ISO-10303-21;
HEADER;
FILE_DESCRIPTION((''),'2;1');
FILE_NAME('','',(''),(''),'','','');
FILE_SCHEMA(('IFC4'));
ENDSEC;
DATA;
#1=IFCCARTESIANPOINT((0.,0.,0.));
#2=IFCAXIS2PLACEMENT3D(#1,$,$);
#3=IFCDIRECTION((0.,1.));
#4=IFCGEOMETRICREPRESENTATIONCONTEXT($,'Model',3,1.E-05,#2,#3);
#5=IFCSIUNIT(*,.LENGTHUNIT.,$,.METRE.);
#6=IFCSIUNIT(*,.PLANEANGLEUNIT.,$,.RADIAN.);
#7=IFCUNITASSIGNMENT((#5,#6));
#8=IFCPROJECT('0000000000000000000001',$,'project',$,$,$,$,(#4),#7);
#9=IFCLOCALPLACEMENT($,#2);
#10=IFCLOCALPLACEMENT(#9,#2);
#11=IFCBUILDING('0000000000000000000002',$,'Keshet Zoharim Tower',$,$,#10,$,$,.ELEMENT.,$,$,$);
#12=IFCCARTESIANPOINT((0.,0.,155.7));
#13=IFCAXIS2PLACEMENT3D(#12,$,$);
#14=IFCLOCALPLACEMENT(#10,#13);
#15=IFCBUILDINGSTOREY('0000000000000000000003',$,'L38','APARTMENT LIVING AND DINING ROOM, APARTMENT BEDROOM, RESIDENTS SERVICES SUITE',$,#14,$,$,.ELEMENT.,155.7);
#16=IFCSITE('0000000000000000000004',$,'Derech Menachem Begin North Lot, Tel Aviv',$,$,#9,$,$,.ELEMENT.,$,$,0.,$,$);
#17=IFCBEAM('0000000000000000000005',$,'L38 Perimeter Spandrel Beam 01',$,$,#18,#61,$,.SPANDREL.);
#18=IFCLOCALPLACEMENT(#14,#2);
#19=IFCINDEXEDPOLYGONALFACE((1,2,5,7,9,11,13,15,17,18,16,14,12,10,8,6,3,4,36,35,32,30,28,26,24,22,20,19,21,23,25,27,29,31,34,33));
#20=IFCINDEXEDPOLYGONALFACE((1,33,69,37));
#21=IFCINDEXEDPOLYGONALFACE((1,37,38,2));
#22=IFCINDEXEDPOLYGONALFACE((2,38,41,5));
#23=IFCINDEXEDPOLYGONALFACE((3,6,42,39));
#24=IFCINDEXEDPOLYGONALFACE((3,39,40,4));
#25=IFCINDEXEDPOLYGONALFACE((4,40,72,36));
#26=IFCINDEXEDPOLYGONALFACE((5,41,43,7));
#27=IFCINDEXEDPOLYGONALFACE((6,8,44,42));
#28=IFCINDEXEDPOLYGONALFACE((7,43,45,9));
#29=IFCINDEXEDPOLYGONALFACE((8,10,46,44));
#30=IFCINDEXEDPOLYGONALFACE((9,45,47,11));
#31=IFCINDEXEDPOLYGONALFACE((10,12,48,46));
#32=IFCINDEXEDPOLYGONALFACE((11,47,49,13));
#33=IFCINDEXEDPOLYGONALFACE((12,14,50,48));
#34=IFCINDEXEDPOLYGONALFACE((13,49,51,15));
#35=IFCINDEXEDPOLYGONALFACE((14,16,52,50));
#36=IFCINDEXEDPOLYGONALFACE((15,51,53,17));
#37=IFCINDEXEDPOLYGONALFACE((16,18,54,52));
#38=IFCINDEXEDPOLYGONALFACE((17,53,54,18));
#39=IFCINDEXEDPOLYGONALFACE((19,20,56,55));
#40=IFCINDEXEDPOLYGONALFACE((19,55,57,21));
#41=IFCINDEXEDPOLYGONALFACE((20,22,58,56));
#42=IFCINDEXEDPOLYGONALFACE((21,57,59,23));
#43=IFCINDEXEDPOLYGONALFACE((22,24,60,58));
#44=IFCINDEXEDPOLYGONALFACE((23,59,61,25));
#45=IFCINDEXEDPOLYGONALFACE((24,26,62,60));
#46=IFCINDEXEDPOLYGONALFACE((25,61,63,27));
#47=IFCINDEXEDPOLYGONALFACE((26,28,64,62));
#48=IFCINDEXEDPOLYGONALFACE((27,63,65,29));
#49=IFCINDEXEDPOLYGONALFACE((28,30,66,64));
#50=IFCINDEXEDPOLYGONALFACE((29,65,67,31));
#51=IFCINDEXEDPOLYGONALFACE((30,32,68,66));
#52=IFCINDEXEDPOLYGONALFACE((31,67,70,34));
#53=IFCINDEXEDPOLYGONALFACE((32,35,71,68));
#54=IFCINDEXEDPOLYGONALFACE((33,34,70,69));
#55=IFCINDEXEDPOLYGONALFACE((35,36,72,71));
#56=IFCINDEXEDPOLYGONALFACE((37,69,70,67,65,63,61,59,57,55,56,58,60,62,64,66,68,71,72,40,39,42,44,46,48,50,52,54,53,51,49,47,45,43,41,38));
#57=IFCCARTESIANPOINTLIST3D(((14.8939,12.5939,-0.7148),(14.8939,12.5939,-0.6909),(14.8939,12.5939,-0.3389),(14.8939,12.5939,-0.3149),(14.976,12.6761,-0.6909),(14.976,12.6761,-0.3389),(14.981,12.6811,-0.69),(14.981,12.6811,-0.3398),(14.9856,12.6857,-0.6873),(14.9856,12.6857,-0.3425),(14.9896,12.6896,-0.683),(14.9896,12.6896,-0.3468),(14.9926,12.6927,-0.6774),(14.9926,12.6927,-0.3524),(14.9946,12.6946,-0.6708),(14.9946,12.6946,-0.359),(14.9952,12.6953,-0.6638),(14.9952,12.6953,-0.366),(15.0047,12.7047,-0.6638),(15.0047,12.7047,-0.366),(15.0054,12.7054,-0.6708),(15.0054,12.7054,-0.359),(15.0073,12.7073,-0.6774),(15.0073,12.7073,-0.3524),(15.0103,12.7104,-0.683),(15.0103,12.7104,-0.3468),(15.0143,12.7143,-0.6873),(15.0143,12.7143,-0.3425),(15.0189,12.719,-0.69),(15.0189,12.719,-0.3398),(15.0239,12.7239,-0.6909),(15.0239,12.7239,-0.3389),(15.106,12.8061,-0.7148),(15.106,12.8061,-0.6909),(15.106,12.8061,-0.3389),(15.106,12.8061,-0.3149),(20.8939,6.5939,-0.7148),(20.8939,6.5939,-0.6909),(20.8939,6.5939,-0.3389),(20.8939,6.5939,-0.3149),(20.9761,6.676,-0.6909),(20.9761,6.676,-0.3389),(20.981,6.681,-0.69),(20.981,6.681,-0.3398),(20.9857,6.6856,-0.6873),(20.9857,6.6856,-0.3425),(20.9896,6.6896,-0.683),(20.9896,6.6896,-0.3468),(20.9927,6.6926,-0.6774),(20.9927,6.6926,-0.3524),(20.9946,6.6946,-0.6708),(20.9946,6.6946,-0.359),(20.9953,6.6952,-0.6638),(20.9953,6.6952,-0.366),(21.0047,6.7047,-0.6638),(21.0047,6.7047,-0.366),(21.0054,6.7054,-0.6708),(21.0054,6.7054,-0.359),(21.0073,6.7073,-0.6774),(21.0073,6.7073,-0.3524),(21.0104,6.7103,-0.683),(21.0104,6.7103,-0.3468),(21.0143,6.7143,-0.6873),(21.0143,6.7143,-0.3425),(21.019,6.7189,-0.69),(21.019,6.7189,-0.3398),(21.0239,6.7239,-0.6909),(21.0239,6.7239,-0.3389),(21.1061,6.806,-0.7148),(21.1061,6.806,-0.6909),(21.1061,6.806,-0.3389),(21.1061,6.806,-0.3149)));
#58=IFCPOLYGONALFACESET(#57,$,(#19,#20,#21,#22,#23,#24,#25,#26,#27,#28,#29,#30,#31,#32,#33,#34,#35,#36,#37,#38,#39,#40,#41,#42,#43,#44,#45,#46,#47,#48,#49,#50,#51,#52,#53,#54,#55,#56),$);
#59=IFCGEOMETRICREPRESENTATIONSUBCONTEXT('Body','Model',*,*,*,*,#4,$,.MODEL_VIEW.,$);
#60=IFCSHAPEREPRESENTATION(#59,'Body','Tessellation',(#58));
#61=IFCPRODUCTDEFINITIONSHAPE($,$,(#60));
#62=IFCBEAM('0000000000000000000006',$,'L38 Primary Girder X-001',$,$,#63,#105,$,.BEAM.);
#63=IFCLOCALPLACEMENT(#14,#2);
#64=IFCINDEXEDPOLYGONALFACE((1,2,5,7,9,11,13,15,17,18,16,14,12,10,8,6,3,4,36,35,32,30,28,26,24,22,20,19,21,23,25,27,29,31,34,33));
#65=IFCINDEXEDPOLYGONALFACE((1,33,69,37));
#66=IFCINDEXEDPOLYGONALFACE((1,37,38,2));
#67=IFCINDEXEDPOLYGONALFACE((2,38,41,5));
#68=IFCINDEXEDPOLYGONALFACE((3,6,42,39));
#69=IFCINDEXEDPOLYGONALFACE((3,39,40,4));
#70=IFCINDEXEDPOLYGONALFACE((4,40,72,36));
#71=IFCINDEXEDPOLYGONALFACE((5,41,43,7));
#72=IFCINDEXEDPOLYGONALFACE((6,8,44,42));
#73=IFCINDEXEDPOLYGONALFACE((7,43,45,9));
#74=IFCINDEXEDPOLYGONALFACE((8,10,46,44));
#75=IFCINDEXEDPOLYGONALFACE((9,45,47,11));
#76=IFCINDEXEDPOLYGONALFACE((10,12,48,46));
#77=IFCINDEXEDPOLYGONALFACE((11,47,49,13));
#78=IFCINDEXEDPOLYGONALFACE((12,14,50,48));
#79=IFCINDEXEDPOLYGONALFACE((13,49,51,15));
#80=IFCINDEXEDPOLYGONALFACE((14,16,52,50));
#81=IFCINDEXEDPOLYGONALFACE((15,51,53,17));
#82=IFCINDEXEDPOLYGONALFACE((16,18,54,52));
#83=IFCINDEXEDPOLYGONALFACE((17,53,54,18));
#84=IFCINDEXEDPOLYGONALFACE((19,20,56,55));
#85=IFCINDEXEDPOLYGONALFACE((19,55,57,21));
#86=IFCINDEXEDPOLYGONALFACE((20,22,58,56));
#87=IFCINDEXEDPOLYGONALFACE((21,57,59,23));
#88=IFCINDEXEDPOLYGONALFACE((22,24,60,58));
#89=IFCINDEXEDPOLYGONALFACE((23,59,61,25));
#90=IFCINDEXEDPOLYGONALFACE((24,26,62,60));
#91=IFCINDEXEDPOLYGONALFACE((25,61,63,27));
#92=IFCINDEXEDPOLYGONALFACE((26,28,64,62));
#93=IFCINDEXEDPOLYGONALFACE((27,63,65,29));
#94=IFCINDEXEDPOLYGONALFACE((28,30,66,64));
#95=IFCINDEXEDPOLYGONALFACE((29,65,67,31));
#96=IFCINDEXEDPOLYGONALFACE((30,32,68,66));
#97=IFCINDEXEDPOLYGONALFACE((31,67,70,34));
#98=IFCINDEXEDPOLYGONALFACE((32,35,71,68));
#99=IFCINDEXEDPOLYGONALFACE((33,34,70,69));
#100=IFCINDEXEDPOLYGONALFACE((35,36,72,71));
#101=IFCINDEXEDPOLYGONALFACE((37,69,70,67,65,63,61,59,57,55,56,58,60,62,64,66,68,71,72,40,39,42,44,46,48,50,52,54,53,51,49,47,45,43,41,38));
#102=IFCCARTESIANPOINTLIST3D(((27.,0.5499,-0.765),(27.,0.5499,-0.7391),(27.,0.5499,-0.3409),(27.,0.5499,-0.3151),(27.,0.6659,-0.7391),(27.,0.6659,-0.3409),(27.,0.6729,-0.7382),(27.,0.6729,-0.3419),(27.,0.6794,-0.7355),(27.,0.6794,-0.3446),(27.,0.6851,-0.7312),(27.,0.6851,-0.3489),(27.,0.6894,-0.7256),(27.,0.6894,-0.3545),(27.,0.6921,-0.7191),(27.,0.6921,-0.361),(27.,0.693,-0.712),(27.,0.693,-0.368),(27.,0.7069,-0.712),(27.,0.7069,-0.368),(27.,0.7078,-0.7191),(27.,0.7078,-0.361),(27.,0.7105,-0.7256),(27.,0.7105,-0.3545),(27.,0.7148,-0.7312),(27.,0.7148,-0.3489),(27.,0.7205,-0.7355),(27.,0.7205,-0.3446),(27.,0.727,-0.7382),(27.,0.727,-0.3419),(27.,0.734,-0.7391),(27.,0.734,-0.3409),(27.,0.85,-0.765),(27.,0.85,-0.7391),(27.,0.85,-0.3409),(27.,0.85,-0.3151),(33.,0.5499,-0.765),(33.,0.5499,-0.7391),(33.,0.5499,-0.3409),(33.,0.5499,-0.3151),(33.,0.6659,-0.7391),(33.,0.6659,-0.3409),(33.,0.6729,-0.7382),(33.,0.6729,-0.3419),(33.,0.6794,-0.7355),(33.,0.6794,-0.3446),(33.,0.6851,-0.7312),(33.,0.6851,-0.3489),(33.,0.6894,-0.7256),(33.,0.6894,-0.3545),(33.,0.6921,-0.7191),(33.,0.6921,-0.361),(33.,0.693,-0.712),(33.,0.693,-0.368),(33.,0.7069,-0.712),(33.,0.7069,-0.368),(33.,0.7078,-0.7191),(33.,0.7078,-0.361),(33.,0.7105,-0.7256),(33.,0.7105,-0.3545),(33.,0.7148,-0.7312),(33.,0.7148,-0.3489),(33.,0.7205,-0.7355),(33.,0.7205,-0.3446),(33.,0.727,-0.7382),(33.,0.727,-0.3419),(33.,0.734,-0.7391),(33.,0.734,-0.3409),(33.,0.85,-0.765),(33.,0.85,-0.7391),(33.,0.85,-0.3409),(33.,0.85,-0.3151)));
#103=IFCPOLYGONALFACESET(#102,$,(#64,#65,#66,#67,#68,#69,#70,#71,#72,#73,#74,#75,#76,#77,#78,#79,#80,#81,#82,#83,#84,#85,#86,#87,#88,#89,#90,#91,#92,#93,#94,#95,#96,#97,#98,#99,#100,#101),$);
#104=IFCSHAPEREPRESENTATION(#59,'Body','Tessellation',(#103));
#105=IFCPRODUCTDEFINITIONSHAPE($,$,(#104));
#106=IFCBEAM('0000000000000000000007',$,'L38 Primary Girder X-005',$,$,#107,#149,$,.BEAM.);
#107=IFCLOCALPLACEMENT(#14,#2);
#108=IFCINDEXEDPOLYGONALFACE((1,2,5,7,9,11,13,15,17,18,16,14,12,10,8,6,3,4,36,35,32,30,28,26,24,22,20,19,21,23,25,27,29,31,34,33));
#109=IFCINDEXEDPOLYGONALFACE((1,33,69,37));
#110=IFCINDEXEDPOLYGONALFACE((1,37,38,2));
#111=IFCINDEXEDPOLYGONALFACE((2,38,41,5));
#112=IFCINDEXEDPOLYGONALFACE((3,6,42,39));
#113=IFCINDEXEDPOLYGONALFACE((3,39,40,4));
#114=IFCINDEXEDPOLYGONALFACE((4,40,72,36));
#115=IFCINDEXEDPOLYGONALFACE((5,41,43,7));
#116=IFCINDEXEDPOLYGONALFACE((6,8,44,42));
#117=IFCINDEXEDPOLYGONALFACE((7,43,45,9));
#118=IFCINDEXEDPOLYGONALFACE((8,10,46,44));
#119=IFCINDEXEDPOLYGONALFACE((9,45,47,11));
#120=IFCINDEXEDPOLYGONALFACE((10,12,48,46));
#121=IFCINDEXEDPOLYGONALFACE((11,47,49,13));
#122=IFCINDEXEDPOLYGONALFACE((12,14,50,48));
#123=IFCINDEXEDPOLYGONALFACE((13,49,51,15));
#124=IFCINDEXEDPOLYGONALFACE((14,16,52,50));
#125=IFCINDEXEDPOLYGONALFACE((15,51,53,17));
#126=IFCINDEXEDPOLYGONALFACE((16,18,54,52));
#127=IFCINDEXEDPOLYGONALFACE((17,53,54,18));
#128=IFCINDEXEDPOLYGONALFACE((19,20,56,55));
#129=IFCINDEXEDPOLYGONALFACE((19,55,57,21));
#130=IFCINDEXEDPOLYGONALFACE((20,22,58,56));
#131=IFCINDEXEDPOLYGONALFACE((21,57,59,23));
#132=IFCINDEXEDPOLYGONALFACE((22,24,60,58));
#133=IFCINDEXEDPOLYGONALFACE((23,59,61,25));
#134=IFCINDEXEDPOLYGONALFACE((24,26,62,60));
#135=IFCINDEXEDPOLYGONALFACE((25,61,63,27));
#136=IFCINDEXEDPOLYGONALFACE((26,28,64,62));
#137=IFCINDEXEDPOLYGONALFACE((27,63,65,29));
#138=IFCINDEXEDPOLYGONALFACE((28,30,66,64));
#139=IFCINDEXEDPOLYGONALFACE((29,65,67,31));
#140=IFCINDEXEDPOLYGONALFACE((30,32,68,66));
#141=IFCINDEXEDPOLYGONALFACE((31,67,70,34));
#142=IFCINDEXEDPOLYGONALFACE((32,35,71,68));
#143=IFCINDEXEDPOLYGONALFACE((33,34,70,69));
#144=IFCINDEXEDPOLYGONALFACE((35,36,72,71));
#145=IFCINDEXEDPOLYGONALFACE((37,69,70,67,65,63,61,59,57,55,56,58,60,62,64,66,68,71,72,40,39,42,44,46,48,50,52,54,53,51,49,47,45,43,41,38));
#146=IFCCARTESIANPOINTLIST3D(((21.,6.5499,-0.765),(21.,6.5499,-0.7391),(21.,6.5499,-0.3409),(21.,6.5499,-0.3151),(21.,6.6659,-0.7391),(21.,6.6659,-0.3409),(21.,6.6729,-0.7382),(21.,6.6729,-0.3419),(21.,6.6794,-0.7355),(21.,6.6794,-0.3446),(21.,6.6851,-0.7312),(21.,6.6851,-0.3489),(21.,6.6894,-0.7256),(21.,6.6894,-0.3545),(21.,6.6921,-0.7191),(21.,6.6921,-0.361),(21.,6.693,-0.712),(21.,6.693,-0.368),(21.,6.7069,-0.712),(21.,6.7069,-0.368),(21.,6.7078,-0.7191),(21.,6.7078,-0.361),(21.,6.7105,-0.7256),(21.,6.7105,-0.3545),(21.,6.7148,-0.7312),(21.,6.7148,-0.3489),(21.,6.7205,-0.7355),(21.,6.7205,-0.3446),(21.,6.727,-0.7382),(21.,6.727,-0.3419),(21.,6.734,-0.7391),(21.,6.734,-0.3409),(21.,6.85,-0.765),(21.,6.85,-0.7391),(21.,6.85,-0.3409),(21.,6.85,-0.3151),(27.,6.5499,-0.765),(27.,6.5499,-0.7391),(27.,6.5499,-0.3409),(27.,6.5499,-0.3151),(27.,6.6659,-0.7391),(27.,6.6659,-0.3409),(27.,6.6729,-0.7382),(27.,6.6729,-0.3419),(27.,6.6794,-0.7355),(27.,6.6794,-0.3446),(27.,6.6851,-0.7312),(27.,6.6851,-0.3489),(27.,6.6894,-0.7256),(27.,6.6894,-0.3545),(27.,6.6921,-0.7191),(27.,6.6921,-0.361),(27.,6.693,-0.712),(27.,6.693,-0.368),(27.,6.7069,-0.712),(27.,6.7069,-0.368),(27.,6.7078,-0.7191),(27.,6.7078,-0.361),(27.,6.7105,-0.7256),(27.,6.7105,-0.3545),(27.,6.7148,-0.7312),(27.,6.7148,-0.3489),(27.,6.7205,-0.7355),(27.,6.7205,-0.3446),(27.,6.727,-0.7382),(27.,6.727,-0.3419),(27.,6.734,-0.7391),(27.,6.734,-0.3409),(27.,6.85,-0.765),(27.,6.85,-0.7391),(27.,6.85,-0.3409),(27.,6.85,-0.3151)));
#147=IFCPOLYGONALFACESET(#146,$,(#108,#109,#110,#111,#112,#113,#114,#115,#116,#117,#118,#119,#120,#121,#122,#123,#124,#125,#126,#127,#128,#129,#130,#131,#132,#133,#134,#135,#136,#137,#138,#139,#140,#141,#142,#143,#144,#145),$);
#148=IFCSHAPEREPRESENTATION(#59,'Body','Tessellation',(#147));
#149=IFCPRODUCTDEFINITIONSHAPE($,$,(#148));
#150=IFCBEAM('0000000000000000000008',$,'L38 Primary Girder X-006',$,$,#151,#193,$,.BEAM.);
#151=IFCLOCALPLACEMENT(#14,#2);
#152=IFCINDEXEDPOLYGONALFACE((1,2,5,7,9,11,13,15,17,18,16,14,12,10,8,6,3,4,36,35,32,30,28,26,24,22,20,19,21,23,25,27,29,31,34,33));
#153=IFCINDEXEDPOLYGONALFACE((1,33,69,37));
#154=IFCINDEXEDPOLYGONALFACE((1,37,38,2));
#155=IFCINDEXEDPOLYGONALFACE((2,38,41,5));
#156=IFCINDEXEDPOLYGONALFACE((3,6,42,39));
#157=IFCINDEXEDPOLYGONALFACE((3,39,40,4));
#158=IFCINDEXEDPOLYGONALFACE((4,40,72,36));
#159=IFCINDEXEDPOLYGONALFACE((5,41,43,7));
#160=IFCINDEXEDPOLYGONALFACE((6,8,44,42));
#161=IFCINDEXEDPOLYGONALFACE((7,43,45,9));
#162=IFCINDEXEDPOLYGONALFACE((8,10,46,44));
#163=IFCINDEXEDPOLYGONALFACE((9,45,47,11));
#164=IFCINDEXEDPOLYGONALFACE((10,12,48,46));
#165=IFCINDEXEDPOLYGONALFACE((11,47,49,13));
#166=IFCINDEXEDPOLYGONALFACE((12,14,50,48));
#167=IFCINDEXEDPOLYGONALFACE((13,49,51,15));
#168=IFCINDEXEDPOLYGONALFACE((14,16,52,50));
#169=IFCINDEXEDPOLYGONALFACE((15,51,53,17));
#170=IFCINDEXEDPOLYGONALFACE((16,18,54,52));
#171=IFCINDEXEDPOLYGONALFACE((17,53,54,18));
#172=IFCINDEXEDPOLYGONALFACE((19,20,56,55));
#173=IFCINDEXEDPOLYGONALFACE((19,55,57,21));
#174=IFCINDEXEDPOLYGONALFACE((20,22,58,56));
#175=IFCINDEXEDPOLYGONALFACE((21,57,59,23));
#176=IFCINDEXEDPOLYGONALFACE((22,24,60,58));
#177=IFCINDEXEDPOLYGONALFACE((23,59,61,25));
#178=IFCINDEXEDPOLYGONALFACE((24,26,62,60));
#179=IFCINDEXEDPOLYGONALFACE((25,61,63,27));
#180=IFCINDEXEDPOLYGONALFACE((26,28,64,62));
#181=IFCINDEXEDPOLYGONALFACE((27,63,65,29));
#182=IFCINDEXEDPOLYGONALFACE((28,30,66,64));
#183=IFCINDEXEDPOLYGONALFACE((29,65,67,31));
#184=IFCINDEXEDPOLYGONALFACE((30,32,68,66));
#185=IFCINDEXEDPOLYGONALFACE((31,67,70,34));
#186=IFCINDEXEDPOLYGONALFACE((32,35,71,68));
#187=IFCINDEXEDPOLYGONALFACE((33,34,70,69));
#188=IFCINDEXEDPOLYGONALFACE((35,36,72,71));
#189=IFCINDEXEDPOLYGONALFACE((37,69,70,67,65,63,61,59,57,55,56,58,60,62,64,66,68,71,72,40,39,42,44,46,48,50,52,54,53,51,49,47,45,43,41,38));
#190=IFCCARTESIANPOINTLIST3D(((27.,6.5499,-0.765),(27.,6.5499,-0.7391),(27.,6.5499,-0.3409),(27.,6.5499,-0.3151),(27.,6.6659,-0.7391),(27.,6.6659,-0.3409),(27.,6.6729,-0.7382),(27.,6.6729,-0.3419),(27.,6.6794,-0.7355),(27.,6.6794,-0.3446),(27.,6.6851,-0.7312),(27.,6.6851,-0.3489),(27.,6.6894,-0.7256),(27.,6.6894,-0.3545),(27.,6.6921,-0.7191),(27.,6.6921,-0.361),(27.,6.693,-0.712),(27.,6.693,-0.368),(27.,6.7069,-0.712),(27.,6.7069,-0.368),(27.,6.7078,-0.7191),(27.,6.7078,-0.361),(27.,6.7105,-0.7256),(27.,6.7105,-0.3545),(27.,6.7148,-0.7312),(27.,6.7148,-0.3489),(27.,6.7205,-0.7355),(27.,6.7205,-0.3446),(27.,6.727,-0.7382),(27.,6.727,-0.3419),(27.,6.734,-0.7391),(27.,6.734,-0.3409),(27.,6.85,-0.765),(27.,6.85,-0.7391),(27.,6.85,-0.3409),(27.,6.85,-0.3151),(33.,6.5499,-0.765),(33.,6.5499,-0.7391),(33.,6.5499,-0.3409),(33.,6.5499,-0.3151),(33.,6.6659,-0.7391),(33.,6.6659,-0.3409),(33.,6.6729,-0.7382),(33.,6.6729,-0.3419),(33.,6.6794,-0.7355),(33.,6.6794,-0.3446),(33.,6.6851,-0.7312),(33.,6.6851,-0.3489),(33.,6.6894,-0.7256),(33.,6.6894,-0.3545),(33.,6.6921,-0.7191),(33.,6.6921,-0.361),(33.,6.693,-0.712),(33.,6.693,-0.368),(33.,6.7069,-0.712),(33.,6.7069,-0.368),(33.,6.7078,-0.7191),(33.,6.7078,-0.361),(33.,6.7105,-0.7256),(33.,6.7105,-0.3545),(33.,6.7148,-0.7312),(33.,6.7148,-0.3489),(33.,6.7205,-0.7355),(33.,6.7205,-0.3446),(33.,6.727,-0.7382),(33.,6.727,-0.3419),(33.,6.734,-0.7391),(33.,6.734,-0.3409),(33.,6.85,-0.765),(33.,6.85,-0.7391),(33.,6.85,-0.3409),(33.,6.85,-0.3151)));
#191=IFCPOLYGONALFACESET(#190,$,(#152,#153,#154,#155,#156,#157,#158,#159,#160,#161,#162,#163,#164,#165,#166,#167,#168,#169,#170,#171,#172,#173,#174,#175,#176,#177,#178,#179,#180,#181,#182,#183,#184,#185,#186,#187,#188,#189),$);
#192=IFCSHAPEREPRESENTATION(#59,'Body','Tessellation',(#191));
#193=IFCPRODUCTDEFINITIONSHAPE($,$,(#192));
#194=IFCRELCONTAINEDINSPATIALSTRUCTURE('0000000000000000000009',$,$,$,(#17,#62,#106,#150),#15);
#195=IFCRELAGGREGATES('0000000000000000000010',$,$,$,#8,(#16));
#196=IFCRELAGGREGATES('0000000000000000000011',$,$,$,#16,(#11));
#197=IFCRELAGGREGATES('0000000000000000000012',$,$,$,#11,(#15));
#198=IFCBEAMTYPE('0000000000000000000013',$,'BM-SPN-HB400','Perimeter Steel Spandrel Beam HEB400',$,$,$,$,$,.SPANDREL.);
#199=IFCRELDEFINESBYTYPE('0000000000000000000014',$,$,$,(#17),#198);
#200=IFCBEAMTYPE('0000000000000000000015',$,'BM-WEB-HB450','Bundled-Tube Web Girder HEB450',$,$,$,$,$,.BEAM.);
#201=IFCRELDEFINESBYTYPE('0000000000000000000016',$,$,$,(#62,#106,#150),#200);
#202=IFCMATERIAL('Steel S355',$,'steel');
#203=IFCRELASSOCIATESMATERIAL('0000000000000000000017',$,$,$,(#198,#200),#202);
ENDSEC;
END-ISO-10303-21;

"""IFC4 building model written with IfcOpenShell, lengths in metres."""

from ifc_helpers import new_model, si_unit, direction, frame, origin, origin_2d, place, context, subcontext, project, spatial, i_section, extrude, material, material_profile, profile_set, type_object, element, save


model = new_model("IFC4")

# Units and contexts
model_context = context("Model", 3, precision=1e-05, world=origin(), true_north=direction((0.0, 1.0)))
body_context = subcontext(model_context, "Body", "Model", "MODEL_VIEW")
ifc_project = project(units=[si_unit("LENGTHUNIT", "METRE"), si_unit("PLANEANGLEUNIT", "RADIAN")], contexts=[model_context])

# Site, building, storey
site_placement = place(None, origin())
site = spatial("IfcSite", under=ifc_project, at=site_placement, Name="Derech Menachem Begin North Lot, Tel Aviv", CompositionType="ELEMENT", RefElevation=0.0)
building_placement = place(site_placement, origin())
building = spatial("IfcBuilding", under=site, at=building_placement, Name="Keshet Zoharim Tower", CompositionType="ELEMENT")
storey_placement = place(building_placement, frame((0.0, 0.0, 155.7)))
storey = spatial("IfcBuildingStorey", under=building, at=storey_placement, Name="L38", Description="APARTMENT LIVING AND DINING ROOM, APARTMENT BEDROOM, RESIDENTS SERVICES SUITE", CompositionType="ELEMENT", Elevation=155.7)

# Shared definitions
ifc_material_1 = material(Name="Steel S355", Category="steel")

# Beams
ifc_material_profile_1 = material_profile(ifc_material_1, i_section(OverallWidth=0.3, OverallDepth=0.3999, WebThickness=0.0134, FlangeThickness=0.0239, FilletRadius=0.0271, at=origin_2d()), Name="HEB400")
ifc_profile_set_1 = profile_set([ifc_material_profile_1], Name="Steel S355")
beam_type_1 = type_object("IfcBeamType", Name="BM-SPN-HB400", Description="Perimeter Steel Spandrel Beam HEB400", PredefinedType="SPANDREL", material=ifc_profile_set_1)
beam_1_placement = place(storey_placement, frame((21.0, 6.7, -0.5149), z_axis=(-0.707107, 0.707107, 0.0), x_axis=(-0.707107, -0.707107, 0.0)))
element("IfcBeam", 1, at=beam_1_placement, inside=storey, type_object=beam_type_1, Name="L38 Perimeter Spandrel Beam 01", PredefinedType="SPANDREL", context=body_context, shape_type="SweptSolid", body=[
    extrude(i_section(OverallWidth=0.3, OverallDepth=0.3999, WebThickness=0.0134, FlangeThickness=0.0239, FilletRadius=0.0271, at=origin_2d()), origin(), (0.0, 0.0, 1.0), 8.4854),
])
ifc_material_profile_2 = material_profile(ifc_material_1, i_section(OverallWidth=0.3, OverallDepth=0.45, WebThickness=0.0139, FlangeThickness=0.0259, FilletRadius=0.0271, at=origin_2d()), Name="HEB450")
ifc_profile_set_2 = profile_set([ifc_material_profile_2], Name="Steel S355")
beam_type_2 = type_object("IfcBeamType", Name="BM-WEB-HB450", Description="Bundled-Tube Web Girder HEB450", PredefinedType="BEAM", material=ifc_profile_set_2)
for number, where, z_axis, x_axis, name in (
    (2, (27.0, 0.7, -0.54), (1.0, 0.0, 0.0), (0.0, 1.0, 0.0), "L38 Primary Girder X-001"),
    (3, (21.0, 6.7, -0.54), (1.0, 0.0, 0.0), (0.0, 1.0, 0.0), "L38 Primary Girder X-005"),
    (4, (27.0, 6.7, -0.54), (1.0, 0.0, 0.0), (0.0, 1.0, 0.0), "L38 Primary Girder X-006"),
):
    element("IfcBeam", number, at=place(storey_placement, frame(where, z_axis=z_axis, x_axis=x_axis)), inside=storey, type_object=beam_type_2, Name=name, PredefinedType="BEAM", context=body_context, shape_type="SweptSolid", body=[
        extrude(i_section(OverallWidth=0.3, OverallDepth=0.45, WebThickness=0.0139, FlangeThickness=0.0259, FilletRadius=0.0271, at=origin_2d()), origin(), (0.0, 0.0, 1.0), 6.0),
    ])

save(model, "model.ifc")
